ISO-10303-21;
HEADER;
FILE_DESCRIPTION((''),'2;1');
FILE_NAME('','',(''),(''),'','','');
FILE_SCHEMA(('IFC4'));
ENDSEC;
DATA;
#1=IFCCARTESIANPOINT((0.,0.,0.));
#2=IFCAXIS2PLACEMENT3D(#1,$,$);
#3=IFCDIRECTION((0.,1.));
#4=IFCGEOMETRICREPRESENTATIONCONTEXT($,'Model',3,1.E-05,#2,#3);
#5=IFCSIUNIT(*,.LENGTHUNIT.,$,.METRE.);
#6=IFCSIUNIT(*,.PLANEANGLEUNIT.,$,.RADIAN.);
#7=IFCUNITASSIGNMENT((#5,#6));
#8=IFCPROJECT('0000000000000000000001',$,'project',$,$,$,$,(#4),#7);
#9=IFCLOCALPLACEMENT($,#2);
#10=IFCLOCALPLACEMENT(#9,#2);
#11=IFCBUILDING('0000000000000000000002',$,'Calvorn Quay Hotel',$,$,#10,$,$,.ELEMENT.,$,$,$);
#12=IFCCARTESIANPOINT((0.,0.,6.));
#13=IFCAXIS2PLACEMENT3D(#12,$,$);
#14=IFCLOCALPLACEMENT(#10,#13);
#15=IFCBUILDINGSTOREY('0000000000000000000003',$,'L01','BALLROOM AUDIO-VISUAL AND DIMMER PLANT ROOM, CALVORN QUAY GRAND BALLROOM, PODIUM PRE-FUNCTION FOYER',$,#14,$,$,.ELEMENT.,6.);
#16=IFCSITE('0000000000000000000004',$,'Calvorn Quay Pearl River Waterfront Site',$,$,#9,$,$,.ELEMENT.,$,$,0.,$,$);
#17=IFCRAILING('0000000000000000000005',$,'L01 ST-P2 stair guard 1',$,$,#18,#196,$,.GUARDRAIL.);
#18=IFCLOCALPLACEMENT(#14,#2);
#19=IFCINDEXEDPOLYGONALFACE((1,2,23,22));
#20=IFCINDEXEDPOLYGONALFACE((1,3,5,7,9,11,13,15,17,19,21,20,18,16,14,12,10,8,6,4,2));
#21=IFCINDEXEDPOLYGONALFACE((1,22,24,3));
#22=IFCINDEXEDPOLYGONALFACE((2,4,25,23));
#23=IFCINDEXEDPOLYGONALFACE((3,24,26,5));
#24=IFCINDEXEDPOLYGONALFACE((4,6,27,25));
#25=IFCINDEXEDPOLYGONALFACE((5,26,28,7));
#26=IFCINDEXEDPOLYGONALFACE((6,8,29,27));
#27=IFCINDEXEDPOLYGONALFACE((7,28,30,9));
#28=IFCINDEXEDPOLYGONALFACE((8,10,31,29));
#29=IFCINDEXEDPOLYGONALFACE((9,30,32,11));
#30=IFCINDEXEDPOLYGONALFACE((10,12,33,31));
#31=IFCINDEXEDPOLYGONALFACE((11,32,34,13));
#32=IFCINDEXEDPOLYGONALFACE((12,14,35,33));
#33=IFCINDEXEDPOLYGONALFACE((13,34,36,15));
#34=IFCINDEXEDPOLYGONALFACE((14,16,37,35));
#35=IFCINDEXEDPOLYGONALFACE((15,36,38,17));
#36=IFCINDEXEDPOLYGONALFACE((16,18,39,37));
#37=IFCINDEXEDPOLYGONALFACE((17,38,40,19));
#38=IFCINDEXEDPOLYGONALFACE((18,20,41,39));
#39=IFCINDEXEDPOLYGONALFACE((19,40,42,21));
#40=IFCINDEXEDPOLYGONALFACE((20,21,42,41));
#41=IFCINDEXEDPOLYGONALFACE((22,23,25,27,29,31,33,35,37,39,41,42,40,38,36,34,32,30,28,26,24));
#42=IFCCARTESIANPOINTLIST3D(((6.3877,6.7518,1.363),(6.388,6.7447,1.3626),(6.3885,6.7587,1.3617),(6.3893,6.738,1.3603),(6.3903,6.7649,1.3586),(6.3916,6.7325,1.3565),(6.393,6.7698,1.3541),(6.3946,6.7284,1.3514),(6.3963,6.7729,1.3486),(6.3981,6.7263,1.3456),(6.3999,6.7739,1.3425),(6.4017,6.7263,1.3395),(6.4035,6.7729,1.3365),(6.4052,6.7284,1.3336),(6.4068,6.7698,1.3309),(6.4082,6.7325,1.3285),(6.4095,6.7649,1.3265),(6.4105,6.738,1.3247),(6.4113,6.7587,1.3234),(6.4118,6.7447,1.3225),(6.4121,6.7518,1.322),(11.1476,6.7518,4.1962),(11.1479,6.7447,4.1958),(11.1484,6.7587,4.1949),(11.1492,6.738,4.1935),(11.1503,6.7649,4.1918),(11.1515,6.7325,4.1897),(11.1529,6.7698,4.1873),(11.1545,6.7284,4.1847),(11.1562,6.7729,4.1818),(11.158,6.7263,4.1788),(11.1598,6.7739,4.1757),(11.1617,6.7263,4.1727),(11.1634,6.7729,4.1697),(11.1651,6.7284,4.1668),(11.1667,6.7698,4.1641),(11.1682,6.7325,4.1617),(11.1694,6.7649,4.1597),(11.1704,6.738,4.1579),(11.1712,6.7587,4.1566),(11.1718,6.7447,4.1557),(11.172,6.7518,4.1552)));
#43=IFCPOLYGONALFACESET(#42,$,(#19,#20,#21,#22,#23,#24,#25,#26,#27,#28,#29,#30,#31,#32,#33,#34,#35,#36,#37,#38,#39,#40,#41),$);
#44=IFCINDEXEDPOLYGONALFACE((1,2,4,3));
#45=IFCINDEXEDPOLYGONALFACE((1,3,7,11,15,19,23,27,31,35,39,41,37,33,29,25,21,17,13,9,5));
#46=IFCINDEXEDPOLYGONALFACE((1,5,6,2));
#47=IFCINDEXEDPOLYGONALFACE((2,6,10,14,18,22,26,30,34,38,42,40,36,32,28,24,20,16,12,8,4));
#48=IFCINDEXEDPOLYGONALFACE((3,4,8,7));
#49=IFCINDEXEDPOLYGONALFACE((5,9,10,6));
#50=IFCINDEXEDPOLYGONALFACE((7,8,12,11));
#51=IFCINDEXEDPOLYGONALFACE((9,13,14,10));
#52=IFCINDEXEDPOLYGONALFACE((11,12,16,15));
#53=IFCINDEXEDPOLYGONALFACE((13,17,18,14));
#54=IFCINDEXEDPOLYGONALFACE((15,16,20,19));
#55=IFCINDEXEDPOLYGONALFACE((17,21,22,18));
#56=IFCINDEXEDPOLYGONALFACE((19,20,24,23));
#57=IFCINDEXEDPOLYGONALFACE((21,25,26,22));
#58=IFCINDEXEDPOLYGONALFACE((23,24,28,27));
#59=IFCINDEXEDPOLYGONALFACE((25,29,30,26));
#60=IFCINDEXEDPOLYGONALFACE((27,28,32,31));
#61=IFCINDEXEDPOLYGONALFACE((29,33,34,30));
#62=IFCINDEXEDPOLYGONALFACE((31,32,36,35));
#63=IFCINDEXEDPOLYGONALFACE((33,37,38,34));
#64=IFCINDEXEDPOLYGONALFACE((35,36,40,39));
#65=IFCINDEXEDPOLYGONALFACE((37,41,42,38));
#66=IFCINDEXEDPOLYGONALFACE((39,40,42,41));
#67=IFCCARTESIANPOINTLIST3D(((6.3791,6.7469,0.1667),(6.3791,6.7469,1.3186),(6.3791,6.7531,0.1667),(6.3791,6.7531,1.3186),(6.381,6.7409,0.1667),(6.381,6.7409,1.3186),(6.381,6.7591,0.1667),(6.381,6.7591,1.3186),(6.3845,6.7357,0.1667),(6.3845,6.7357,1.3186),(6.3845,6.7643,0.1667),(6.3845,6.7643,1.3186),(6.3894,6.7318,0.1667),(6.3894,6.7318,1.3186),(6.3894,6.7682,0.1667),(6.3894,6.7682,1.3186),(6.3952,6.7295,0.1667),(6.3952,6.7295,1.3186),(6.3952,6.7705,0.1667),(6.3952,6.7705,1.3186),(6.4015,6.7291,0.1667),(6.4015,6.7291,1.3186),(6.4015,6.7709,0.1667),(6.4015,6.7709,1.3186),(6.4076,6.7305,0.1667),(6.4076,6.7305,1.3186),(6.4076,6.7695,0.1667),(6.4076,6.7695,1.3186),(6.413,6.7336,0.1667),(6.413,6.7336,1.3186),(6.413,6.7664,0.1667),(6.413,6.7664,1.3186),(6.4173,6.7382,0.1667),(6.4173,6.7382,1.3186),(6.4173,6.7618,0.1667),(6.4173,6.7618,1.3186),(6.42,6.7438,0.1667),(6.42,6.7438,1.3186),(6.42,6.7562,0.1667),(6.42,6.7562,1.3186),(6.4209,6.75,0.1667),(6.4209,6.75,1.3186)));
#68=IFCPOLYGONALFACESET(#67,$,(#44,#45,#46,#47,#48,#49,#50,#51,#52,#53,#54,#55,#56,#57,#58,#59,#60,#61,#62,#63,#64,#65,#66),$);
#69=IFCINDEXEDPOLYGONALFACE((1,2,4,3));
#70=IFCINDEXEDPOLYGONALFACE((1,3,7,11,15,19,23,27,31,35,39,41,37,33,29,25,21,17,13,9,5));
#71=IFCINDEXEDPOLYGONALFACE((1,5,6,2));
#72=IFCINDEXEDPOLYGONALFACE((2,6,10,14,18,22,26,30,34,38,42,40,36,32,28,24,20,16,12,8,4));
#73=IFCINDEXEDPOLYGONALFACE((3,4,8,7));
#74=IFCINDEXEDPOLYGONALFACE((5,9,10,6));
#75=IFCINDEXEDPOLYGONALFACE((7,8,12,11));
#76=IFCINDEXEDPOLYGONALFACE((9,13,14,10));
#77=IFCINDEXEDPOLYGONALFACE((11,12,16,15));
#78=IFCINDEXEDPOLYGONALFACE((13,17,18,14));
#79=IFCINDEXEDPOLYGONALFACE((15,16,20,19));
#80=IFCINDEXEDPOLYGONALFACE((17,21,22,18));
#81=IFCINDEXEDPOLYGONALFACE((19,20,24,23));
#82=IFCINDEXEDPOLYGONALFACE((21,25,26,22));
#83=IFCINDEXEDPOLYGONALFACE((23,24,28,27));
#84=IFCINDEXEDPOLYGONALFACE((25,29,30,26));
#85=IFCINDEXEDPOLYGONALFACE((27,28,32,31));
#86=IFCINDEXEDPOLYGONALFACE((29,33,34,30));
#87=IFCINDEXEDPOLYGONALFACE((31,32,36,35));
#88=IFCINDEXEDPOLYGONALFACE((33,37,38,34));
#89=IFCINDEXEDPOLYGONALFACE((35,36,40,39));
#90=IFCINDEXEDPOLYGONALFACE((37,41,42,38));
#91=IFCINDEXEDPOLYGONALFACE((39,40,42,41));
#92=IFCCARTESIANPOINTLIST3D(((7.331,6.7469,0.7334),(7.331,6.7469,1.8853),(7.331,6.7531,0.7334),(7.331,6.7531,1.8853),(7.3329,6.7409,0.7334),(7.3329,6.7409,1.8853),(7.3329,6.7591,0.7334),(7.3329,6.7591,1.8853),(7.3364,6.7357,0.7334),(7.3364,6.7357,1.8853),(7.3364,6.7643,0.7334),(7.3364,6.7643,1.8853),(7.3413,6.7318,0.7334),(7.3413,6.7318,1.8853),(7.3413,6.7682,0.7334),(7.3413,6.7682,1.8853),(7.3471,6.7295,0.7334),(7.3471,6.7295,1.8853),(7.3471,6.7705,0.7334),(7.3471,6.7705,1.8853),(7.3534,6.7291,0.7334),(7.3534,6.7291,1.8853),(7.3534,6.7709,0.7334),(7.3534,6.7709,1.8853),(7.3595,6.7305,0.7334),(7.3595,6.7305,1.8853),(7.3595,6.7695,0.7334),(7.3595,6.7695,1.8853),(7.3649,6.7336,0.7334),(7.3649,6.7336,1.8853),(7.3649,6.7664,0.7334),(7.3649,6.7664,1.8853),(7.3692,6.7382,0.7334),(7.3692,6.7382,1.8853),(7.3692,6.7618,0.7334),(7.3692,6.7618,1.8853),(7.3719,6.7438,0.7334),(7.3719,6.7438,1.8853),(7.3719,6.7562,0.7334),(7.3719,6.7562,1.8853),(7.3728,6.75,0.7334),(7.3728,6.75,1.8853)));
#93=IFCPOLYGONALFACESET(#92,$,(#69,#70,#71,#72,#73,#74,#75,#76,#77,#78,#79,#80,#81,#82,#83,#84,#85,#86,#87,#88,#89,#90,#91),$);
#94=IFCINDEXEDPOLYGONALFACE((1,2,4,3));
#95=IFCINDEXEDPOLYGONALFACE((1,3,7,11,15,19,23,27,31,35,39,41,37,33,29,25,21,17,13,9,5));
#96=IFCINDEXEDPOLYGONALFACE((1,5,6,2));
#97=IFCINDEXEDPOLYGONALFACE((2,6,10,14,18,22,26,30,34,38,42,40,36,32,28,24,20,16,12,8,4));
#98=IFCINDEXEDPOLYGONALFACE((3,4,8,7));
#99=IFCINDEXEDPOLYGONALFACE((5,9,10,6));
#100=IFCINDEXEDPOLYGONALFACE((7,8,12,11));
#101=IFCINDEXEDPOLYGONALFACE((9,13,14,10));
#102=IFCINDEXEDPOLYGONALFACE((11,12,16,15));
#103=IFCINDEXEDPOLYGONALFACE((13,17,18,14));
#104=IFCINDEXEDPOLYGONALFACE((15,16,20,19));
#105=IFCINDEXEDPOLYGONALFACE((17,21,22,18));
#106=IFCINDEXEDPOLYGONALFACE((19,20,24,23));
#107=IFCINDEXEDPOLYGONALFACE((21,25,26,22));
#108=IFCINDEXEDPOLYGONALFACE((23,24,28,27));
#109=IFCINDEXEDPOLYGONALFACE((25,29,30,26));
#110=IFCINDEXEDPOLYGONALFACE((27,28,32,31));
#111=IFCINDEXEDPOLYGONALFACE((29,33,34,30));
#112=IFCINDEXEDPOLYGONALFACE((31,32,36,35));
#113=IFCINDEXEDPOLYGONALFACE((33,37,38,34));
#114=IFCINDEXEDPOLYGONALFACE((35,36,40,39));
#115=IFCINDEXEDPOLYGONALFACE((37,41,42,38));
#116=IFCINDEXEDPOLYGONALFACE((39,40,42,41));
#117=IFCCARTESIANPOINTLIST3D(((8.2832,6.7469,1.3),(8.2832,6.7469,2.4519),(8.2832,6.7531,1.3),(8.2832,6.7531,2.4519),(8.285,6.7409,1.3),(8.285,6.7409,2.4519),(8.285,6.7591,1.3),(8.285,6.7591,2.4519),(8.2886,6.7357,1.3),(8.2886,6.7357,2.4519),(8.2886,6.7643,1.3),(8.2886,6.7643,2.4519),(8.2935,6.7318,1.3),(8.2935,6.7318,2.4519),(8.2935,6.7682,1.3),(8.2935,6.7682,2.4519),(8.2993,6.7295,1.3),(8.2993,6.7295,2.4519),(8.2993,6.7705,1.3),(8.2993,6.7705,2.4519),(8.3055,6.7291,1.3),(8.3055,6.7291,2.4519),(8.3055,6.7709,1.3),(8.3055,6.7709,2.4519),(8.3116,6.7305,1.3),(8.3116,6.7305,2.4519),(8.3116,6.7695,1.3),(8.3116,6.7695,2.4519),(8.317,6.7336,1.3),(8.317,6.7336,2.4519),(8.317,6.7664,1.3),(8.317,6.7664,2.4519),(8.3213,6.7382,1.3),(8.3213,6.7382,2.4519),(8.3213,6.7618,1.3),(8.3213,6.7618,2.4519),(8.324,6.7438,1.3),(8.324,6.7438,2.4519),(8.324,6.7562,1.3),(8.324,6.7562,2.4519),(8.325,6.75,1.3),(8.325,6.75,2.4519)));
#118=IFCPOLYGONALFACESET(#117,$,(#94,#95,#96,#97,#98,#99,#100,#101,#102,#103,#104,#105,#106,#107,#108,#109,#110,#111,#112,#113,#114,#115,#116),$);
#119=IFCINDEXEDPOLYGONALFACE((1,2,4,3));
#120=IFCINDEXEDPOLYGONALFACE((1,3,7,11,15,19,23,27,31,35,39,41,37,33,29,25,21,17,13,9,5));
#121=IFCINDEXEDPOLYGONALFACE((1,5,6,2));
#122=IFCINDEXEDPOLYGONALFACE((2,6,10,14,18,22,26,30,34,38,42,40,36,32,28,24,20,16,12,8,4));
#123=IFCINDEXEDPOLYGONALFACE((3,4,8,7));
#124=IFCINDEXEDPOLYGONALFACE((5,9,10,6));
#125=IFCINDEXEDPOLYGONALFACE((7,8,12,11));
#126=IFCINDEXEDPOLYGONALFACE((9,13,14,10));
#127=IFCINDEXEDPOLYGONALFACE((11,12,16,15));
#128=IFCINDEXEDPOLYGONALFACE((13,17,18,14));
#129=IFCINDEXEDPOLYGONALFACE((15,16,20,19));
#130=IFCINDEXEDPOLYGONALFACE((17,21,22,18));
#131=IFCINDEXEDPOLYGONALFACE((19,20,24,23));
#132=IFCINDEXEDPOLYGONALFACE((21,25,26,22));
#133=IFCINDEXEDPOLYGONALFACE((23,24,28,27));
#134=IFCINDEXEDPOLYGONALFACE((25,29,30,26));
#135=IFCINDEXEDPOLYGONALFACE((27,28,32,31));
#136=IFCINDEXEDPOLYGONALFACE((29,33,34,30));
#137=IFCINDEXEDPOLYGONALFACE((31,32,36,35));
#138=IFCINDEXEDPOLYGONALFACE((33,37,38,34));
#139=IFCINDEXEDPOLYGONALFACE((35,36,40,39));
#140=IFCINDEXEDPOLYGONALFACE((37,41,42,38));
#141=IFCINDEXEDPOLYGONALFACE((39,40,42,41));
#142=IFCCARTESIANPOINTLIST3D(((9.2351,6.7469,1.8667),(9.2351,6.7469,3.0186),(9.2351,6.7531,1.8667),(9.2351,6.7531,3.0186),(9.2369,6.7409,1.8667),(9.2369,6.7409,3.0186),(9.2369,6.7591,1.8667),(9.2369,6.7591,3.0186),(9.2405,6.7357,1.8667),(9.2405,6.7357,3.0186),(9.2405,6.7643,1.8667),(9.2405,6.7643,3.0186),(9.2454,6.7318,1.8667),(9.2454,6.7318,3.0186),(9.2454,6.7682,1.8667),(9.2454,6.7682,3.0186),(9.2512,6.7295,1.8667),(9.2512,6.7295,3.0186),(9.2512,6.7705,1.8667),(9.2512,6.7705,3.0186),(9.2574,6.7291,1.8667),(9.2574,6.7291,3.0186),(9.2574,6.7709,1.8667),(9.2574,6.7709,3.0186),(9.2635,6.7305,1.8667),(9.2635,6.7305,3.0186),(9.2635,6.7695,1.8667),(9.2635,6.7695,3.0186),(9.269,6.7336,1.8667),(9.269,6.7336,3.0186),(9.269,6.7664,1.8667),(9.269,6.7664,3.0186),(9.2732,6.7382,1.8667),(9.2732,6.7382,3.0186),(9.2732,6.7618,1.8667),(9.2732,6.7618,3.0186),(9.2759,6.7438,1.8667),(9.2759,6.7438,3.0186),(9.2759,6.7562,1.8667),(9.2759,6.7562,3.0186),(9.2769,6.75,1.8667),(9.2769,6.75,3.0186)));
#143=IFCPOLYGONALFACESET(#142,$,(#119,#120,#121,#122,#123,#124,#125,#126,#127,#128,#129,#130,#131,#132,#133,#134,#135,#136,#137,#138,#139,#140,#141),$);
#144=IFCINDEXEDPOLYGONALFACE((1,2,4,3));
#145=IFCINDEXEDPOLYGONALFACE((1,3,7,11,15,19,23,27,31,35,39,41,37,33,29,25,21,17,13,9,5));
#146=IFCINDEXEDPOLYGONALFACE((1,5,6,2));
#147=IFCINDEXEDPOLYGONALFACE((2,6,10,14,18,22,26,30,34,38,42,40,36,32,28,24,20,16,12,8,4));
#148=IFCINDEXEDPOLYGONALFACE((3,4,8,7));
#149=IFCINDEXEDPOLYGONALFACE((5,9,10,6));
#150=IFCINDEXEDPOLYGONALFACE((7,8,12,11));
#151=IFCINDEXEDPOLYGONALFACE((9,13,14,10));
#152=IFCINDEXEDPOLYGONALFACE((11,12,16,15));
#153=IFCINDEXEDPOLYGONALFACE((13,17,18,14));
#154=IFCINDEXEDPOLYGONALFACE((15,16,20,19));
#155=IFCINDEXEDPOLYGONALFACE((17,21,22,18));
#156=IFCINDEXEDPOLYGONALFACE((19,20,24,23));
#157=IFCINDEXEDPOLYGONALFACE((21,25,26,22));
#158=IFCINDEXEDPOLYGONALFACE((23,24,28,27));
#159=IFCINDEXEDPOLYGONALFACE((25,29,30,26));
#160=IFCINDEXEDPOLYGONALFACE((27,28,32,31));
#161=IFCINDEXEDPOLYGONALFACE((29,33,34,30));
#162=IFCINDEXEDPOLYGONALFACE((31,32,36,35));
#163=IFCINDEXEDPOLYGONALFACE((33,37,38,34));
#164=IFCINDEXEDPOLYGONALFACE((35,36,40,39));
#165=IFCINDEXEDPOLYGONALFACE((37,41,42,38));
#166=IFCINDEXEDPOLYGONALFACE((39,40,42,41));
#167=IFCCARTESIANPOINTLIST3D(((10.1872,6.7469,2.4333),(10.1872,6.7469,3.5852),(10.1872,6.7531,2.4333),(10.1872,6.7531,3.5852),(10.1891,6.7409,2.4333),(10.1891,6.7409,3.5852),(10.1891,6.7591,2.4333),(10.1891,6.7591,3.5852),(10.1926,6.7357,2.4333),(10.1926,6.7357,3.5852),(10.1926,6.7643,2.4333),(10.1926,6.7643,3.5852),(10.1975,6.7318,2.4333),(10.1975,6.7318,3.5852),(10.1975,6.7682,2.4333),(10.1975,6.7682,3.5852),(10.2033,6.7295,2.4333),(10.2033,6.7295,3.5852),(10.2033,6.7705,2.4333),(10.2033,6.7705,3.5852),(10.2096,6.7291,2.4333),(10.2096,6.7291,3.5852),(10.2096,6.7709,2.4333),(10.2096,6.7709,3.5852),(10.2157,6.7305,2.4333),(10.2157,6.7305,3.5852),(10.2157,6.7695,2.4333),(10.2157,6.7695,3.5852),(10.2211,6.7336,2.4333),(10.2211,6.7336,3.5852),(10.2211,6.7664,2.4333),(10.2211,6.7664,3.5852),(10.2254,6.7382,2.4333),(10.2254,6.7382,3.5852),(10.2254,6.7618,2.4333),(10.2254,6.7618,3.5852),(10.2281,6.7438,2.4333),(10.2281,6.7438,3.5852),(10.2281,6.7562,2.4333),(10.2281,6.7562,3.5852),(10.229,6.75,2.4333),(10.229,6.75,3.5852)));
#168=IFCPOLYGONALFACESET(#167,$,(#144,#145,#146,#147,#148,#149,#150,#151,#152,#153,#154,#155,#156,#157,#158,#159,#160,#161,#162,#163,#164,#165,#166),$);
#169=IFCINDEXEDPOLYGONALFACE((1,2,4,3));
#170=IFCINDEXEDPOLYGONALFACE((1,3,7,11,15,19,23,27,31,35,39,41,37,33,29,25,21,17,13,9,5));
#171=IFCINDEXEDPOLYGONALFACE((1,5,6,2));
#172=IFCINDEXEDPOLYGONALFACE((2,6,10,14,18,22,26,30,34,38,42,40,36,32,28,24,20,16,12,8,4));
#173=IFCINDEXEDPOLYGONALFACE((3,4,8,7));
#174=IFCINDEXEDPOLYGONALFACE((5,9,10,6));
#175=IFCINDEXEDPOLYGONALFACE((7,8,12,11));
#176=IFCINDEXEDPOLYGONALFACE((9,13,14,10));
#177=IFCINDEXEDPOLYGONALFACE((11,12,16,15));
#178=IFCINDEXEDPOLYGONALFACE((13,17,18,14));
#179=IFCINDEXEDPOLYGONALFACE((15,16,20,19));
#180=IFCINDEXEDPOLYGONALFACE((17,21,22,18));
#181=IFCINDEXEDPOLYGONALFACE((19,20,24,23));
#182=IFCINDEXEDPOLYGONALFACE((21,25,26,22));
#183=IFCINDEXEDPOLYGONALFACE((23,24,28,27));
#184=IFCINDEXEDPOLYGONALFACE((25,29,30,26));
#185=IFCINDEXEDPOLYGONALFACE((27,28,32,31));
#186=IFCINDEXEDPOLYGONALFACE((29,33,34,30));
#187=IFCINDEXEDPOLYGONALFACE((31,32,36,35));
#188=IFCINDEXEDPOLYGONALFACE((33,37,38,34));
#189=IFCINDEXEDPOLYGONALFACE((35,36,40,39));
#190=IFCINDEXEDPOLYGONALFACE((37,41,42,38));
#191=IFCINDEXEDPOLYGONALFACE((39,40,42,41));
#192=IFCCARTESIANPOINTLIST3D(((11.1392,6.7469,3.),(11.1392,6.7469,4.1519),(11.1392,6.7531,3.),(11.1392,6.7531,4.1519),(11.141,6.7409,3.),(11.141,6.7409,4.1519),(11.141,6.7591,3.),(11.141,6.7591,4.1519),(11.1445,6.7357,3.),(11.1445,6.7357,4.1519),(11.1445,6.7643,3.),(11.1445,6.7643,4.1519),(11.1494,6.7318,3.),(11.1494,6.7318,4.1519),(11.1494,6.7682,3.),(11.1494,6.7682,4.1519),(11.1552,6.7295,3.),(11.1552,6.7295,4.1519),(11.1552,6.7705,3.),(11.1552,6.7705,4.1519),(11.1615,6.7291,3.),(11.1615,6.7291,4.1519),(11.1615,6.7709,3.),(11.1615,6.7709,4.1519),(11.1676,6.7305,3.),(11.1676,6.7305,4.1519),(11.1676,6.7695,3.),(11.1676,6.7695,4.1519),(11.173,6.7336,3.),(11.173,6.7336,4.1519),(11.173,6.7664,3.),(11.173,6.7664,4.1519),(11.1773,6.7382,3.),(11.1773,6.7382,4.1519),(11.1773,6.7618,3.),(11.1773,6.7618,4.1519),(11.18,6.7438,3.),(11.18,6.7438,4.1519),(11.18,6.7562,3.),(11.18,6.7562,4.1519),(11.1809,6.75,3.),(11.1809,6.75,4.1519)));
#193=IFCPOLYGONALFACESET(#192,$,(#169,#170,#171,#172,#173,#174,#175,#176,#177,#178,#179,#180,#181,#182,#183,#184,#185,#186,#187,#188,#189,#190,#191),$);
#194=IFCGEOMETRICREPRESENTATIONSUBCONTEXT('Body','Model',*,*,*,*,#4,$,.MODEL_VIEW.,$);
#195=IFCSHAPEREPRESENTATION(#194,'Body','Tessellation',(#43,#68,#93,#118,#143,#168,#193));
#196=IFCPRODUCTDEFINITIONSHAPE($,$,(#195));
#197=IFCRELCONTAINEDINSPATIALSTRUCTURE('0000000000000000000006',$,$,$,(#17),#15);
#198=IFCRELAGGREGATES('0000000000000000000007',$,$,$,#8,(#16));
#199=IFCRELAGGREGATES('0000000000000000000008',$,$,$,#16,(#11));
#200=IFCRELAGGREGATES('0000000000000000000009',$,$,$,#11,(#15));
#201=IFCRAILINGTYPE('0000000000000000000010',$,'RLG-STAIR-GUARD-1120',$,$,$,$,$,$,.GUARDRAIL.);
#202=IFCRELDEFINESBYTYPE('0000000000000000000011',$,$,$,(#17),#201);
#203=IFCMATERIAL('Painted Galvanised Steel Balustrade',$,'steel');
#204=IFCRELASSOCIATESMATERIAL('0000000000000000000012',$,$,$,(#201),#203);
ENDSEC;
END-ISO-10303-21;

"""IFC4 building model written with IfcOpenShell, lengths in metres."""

from ifc_helpers import new_model, si_unit, direction, frame, origin, origin_2d, place, context, subcontext, project, spatial, circle, extrude, material, type_object, element, save


model = new_model("IFC4")

# Units and contexts
model_context = context("Model", 3, precision=1e-05, world=origin(), true_north=direction((0.0, 1.0)))
body_context = subcontext(model_context, "Body", "Model", "MODEL_VIEW")
ifc_project = project(units=[si_unit("LENGTHUNIT", "METRE"), si_unit("PLANEANGLEUNIT", "RADIAN")], contexts=[model_context])

# Site, building, storey
site_placement = place(None, origin())
site = spatial("IfcSite", under=ifc_project, at=site_placement, Name="Calvorn Quay Pearl River Waterfront Site", CompositionType="ELEMENT", RefElevation=0.0)
building_placement = place(site_placement, origin())
building = spatial("IfcBuilding", under=site, at=building_placement, Name="Calvorn Quay Hotel", CompositionType="ELEMENT")
storey_placement = place(building_placement, frame((0.0, 0.0, 6.0)))
storey = spatial("IfcBuildingStorey", under=building, at=storey_placement, Name="L01", Description="BALLROOM AUDIO-VISUAL AND DIMMER PLANT ROOM, CALVORN QUAY GRAND BALLROOM, PODIUM PRE-FUNCTION FOYER", CompositionType="ELEMENT", Elevation=6.0)

# Railing
ifc_material_1 = material(Name="Painted Galvanised Steel Balustrade", Category="steel")
railing_type = type_object("IfcRailingType", Name="RLG-STAIR-GUARD-1120", PredefinedType="GUARDRAIL", material=ifc_material_1)
railing_placement = place(storey_placement, frame((6.3999, 6.75, 0.1667)))
element("IfcRailing", 1, at=railing_placement, inside=storey, type_object=railing_type, Name="L01 ST-P2 stair guard 1", PredefinedType="GUARDRAIL", context=body_context, shape_type="SweptSolid", body=[
    extrude(circle(Radius=0.0239, at=origin_2d()), frame((0.0, 0.0, 1.1758), z_axis=(0.8593, 0.0, 0.511472), x_axis=(0.0, 1.0, 0.0)), (0.0, 0.0, 1.0), 5.5393),
    extrude(circle(Radius=0.021, at=origin_2d()), origin(), (0.0, 0.0, 1.0), 1.1519),
    extrude(circle(Radius=0.021, at=origin_2d()), frame((0.9519, 0.0, 0.5667)), (0.0, 0.0, 1.0), 1.1519),
    extrude(circle(Radius=0.021, at=origin_2d()), frame((1.9041, 0.0, 1.1333)), (0.0, 0.0, 1.0), 1.1519),
    extrude(circle(Radius=0.021, at=origin_2d()), frame((2.856, 0.0, 1.7)), (0.0, 0.0, 1.0), 1.1519),
    extrude(circle(Radius=0.021, at=origin_2d()), frame((3.8081, 0.0, 2.2666)), (0.0, 0.0, 1.0), 1.1519),
    extrude(circle(Radius=0.021, at=origin_2d()), frame((4.76, 0.0, 2.8333)), (0.0, 0.0, 1.0), 1.1519),
])

save(model, "model.ifc")
